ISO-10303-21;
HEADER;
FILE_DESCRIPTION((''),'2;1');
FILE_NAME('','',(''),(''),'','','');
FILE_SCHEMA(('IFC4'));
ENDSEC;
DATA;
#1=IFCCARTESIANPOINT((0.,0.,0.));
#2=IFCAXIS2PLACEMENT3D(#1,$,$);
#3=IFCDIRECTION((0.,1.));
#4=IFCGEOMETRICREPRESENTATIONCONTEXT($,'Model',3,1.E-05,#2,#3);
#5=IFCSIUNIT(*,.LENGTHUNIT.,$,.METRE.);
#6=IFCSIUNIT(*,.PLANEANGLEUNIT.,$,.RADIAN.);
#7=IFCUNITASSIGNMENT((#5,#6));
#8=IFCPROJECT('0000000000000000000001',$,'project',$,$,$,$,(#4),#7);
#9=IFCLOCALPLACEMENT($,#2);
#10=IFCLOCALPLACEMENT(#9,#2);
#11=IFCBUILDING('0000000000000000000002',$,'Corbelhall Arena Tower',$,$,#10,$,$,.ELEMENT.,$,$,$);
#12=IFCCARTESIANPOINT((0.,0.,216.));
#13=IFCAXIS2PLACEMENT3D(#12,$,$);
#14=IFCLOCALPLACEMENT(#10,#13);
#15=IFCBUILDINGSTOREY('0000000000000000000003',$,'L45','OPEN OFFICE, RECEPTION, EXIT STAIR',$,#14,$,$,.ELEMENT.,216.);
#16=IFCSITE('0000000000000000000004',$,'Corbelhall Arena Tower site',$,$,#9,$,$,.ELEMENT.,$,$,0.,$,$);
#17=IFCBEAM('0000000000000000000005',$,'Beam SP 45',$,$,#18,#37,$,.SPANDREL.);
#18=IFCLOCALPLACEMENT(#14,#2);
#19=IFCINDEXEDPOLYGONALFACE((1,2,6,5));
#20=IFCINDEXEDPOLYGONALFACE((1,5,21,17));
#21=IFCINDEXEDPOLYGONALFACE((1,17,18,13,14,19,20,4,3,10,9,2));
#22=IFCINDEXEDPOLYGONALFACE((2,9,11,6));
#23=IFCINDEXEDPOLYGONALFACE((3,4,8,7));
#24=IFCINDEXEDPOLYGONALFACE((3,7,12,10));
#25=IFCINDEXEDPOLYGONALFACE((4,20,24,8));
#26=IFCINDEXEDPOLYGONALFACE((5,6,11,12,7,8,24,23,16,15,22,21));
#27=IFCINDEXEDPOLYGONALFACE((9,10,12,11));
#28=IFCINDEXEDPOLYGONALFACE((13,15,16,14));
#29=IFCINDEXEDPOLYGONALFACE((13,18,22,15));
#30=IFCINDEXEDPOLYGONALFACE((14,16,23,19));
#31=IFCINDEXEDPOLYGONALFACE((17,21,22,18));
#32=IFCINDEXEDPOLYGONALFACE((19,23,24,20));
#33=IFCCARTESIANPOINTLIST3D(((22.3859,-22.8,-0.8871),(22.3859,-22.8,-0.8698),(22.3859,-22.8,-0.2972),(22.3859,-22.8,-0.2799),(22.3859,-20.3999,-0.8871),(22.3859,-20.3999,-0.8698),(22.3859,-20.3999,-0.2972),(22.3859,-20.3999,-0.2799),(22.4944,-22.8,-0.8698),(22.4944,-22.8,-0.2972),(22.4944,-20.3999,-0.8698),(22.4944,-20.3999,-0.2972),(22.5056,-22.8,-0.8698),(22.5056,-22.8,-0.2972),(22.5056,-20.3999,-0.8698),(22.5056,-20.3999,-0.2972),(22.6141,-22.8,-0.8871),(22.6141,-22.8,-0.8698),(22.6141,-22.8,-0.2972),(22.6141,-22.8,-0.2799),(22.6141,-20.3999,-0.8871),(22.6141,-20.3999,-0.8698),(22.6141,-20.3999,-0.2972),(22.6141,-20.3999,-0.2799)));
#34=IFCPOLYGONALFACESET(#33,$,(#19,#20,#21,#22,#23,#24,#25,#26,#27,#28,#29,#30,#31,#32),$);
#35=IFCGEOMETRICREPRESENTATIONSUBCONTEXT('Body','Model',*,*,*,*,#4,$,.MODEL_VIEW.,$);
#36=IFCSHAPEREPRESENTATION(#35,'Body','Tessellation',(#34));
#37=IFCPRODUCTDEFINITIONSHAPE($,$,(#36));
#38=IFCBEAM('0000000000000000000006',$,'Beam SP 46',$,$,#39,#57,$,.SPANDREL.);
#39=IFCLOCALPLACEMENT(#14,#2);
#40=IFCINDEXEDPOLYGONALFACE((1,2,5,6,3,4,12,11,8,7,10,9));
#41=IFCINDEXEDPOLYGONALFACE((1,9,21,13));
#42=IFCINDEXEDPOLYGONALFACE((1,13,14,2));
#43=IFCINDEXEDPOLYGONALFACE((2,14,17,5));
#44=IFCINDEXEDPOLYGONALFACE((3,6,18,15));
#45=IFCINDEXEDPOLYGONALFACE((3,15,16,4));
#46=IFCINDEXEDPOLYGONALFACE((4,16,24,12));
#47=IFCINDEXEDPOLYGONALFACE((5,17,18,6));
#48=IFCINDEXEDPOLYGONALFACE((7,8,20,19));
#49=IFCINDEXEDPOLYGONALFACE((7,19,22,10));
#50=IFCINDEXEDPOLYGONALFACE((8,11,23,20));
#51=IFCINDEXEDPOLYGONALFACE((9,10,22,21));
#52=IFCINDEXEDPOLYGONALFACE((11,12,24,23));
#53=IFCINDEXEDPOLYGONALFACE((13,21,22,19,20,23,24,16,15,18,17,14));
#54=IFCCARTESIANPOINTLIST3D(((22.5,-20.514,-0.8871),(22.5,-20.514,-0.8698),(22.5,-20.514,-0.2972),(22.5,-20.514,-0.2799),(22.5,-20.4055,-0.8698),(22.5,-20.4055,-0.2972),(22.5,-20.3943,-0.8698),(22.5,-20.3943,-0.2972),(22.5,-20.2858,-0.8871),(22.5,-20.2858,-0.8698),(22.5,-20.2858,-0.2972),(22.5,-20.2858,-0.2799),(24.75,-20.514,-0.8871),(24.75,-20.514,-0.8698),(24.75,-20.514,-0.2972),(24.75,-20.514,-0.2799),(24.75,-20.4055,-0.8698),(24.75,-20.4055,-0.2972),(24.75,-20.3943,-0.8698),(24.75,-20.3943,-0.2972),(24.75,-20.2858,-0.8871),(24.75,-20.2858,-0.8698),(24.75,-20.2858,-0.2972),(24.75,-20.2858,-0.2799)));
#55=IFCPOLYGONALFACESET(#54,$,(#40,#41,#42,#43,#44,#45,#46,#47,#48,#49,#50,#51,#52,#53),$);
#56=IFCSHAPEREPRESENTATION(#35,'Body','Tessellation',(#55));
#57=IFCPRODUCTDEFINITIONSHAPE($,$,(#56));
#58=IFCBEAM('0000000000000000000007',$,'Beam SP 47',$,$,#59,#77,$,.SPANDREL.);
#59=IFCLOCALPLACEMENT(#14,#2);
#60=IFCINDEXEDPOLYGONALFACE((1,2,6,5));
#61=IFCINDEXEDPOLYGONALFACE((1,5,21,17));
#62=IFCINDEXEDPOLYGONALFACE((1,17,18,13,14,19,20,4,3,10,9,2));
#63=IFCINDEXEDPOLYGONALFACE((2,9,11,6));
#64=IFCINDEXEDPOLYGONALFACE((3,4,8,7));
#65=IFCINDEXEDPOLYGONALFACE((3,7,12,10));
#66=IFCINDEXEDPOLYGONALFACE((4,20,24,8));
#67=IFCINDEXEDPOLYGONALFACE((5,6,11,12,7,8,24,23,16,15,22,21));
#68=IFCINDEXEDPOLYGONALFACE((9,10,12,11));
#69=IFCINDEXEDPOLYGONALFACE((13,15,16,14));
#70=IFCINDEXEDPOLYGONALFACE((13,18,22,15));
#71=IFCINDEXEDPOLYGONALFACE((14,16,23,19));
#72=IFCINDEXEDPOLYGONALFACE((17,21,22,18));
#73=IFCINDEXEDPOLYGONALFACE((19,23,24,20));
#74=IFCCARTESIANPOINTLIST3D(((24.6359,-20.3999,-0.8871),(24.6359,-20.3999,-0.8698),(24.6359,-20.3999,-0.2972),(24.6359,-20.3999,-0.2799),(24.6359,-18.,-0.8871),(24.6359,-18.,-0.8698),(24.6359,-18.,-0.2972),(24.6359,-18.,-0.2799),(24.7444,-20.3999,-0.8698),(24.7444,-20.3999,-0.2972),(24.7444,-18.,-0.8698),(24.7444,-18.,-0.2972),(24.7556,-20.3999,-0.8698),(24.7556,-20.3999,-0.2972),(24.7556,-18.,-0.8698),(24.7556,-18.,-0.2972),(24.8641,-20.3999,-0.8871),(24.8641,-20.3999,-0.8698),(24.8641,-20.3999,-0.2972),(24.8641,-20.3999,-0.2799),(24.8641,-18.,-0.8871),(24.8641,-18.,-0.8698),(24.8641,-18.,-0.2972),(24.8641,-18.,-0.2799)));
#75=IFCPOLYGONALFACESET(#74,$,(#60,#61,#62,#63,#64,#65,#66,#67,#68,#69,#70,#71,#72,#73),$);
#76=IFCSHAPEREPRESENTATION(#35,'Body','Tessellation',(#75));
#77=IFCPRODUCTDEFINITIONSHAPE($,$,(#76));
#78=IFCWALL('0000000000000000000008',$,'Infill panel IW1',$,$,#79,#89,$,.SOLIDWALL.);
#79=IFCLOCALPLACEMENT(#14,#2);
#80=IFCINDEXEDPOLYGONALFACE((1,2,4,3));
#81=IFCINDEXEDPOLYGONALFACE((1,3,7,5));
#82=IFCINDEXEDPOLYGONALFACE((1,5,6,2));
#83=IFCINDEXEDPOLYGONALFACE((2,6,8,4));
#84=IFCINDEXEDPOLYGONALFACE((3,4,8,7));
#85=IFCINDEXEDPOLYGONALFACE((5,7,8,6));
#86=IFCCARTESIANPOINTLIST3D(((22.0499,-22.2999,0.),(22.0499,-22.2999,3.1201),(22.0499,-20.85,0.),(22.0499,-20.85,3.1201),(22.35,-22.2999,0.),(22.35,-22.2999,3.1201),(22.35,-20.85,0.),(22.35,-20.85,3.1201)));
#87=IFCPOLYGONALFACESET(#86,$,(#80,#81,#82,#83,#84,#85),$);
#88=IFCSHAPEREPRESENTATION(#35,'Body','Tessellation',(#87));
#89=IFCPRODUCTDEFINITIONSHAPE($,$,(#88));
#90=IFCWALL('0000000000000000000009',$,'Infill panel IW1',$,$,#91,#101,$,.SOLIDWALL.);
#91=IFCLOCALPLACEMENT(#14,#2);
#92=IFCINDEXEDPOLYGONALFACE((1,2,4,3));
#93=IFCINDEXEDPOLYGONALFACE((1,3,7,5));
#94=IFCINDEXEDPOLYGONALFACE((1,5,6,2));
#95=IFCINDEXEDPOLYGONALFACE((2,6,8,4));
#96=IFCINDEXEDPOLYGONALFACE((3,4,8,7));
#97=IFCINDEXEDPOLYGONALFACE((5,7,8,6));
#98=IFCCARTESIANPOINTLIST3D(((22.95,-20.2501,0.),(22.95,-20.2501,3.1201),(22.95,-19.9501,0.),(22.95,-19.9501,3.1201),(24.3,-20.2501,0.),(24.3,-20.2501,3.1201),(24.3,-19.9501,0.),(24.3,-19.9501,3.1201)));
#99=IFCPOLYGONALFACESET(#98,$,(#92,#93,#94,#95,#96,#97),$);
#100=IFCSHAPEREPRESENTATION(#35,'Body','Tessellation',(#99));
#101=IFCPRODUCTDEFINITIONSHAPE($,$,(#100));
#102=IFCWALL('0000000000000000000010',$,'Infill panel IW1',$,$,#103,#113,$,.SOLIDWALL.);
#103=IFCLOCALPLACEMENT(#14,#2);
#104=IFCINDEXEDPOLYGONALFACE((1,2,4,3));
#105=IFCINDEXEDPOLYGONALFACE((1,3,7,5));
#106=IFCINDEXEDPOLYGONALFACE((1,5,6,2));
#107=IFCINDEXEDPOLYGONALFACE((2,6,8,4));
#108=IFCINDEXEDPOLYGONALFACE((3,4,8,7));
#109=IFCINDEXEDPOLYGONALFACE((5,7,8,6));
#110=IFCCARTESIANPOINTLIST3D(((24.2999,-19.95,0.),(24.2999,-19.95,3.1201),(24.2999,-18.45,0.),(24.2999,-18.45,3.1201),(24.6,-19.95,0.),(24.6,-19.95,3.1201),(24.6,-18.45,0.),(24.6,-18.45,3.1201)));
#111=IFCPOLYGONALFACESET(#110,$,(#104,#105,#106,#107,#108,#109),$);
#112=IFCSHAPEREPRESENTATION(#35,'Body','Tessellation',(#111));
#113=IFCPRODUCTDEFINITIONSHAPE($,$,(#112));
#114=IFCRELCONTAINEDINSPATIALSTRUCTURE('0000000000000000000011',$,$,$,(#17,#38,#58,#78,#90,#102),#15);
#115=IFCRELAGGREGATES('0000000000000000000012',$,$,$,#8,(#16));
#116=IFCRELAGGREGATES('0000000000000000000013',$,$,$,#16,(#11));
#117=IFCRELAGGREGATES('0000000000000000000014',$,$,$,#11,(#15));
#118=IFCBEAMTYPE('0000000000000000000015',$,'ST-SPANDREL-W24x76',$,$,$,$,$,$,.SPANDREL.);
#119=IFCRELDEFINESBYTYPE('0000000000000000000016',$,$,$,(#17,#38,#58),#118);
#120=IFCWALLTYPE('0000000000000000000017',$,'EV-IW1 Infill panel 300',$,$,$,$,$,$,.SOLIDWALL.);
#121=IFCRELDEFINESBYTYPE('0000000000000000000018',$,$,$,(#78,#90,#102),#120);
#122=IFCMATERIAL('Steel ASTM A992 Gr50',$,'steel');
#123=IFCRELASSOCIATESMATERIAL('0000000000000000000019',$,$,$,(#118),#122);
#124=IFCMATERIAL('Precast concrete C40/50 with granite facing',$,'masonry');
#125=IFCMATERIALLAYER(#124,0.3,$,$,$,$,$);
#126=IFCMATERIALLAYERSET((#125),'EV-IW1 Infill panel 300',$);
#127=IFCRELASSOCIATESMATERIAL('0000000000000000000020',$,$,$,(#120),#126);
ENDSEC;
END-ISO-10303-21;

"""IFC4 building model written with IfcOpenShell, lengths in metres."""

from ifc_helpers import new_model, si_unit, direction, frame, frame_2d, origin, origin_2d, place, context, subcontext, project, spatial, rectangle, i_section, extrude, material, layer, layer_set, material_profile, profile_set, type_object, element, save


model = new_model("IFC4")

# Units and contexts
model_context = context("Model", 3, precision=1e-05, world=origin(), true_north=direction((0.0, 1.0)))
body_context = subcontext(model_context, "Body", "Model", "MODEL_VIEW")
ifc_project = project(units=[si_unit("LENGTHUNIT", "METRE"), si_unit("PLANEANGLEUNIT", "RADIAN")], contexts=[model_context])

# Site, building, storey
site_placement = place(None, origin())
site = spatial("IfcSite", under=ifc_project, at=site_placement, Name="Corbelhall Arena Tower site", CompositionType="ELEMENT", RefElevation=0.0)
building_placement = place(site_placement, origin())
building = spatial("IfcBuilding", under=site, at=building_placement, Name="Corbelhall Arena Tower", CompositionType="ELEMENT")
storey_placement = place(building_placement, frame((0.0, 0.0, 216.0)))
storey = spatial("IfcBuildingStorey", under=building, at=storey_placement, Name="L45", Description="OPEN OFFICE, RECEPTION, EXIT STAIR", CompositionType="ELEMENT", Elevation=216.0)

# Beams
ifc_material_1 = material(Name="Steel ASTM A992 Gr50", Category="steel")
ifc_material_profile_1 = material_profile(ifc_material_1, i_section(OverallWidth=0.2283, OverallDepth=0.6072, WebThickness=0.0112, FlangeThickness=0.0173, at=origin_2d()))
ifc_profile_set_1 = profile_set([ifc_material_profile_1], Name="Steel ASTM A992 Gr50")
beam_type = type_object("IfcBeamType", Name="ST-SPANDREL-W24x76", PredefinedType="SPANDREL", material=ifc_profile_set_1)
beam_1_placement = place(storey_placement, frame((22.5, -20.3999, -0.5835), z_axis=(0.0, -1.0, 0.0), x_axis=(1.0, 0.0, 0.0)))
element("IfcBeam", 1, at=beam_1_placement, inside=storey, type_object=beam_type, Name="Beam SP 45", PredefinedType="SPANDREL", context=body_context, shape_type="SweptSolid", body=[
    extrude(i_section(OverallWidth=0.2283, OverallDepth=0.6072, WebThickness=0.0112, FlangeThickness=0.0173, at=origin_2d()), origin(), (0.0, 0.0, 1.0), 2.4001),
])
beam_2_placement = place(storey_placement, frame((24.75, -20.3999, -0.5835), z_axis=(-1.0, 0.0, 0.0), x_axis=(0.0, -1.0, 0.0)))
element("IfcBeam", 2, at=beam_2_placement, inside=storey, type_object=beam_type, Name="Beam SP 46", PredefinedType="SPANDREL", context=body_context, shape_type="SweptSolid", body=[
    extrude(i_section(OverallWidth=0.2283, OverallDepth=0.6072, WebThickness=0.0112, FlangeThickness=0.0173, at=origin_2d()), origin(), (0.0, 0.0, 1.0), 2.25),
])
beam_3_placement = place(storey_placement, frame((24.75, -18.0, -0.5835), z_axis=(0.0, -1.0, 0.0), x_axis=(1.0, 0.0, 0.0)))
element("IfcBeam", 3, at=beam_3_placement, inside=storey, type_object=beam_type, Name="Beam SP 47", PredefinedType="SPANDREL", context=body_context, shape_type="SweptSolid", body=[
    extrude(i_section(OverallWidth=0.2283, OverallDepth=0.6072, WebThickness=0.0112, FlangeThickness=0.0173, at=origin_2d()), origin(), (0.0, 0.0, 1.0), 2.3999),
])

# Shared definitions
ifc_material_2 = material(Name="Precast concrete C40/50 with granite facing", Category="masonry")
ifc_layer_1 = layer(ifc_material_2, 0.3)
ifc_layer_set_1 = layer_set([ifc_layer_1], Name="EV-IW1 Infill panel 300")
wall_type_1 = type_object("IfcWallType", Name="EV-IW1 Infill panel 300", PredefinedType="SOLIDWALL", material=ifc_layer_set_1)

# Walls
wall_1_placement = place(storey_placement, frame((22.2, -22.3, 0.0), z_axis=(0.0, 0.0, 1.0), x_axis=(0.0, 1.0, 0.0)))
element("IfcWall", 4, at=wall_1_placement, inside=storey, type_object=wall_type_1, Name="Infill panel IW1", PredefinedType="SOLIDWALL", context=body_context, shape_type="SweptSolid", body=[
    extrude(rectangle(XDim=1.45, YDim=0.3, at=frame_2d((0.7251, 0.0))), origin(), (0.0, 0.0, 1.0), 3.1201),
])
wall_2_placement = place(storey_placement, frame((22.95, -20.1001, 0.0), z_axis=(0.0, 0.0, 1.0), x_axis=(1.0, 0.0, 0.0)))
element("IfcWall", 5, at=wall_2_placement, inside=storey, type_object=wall_type_1, Name="Infill panel IW1", PredefinedType="SOLIDWALL", context=body_context, shape_type="SweptSolid", body=[
    extrude(rectangle(XDim=1.3501, YDim=0.3, at=frame_2d((0.675, 0.0))), origin(), (0.0, 0.0, 1.0), 3.1201),
])
wall_3_placement = place(storey_placement, frame((24.45, -19.95, 0.0), z_axis=(0.0, 0.0, 1.0), x_axis=(0.0, 1.0, 0.0)))
element("IfcWall", 6, at=wall_3_placement, inside=storey, type_object=wall_type_1, Name="Infill panel IW1", PredefinedType="SOLIDWALL", context=body_context, shape_type="SweptSolid", body=[
    extrude(rectangle(XDim=1.5, YDim=0.3, at=frame_2d((0.75, 0.0))), origin(), (0.0, 0.0, 1.0), 3.1201),
])

save(model, "model.ifc")
